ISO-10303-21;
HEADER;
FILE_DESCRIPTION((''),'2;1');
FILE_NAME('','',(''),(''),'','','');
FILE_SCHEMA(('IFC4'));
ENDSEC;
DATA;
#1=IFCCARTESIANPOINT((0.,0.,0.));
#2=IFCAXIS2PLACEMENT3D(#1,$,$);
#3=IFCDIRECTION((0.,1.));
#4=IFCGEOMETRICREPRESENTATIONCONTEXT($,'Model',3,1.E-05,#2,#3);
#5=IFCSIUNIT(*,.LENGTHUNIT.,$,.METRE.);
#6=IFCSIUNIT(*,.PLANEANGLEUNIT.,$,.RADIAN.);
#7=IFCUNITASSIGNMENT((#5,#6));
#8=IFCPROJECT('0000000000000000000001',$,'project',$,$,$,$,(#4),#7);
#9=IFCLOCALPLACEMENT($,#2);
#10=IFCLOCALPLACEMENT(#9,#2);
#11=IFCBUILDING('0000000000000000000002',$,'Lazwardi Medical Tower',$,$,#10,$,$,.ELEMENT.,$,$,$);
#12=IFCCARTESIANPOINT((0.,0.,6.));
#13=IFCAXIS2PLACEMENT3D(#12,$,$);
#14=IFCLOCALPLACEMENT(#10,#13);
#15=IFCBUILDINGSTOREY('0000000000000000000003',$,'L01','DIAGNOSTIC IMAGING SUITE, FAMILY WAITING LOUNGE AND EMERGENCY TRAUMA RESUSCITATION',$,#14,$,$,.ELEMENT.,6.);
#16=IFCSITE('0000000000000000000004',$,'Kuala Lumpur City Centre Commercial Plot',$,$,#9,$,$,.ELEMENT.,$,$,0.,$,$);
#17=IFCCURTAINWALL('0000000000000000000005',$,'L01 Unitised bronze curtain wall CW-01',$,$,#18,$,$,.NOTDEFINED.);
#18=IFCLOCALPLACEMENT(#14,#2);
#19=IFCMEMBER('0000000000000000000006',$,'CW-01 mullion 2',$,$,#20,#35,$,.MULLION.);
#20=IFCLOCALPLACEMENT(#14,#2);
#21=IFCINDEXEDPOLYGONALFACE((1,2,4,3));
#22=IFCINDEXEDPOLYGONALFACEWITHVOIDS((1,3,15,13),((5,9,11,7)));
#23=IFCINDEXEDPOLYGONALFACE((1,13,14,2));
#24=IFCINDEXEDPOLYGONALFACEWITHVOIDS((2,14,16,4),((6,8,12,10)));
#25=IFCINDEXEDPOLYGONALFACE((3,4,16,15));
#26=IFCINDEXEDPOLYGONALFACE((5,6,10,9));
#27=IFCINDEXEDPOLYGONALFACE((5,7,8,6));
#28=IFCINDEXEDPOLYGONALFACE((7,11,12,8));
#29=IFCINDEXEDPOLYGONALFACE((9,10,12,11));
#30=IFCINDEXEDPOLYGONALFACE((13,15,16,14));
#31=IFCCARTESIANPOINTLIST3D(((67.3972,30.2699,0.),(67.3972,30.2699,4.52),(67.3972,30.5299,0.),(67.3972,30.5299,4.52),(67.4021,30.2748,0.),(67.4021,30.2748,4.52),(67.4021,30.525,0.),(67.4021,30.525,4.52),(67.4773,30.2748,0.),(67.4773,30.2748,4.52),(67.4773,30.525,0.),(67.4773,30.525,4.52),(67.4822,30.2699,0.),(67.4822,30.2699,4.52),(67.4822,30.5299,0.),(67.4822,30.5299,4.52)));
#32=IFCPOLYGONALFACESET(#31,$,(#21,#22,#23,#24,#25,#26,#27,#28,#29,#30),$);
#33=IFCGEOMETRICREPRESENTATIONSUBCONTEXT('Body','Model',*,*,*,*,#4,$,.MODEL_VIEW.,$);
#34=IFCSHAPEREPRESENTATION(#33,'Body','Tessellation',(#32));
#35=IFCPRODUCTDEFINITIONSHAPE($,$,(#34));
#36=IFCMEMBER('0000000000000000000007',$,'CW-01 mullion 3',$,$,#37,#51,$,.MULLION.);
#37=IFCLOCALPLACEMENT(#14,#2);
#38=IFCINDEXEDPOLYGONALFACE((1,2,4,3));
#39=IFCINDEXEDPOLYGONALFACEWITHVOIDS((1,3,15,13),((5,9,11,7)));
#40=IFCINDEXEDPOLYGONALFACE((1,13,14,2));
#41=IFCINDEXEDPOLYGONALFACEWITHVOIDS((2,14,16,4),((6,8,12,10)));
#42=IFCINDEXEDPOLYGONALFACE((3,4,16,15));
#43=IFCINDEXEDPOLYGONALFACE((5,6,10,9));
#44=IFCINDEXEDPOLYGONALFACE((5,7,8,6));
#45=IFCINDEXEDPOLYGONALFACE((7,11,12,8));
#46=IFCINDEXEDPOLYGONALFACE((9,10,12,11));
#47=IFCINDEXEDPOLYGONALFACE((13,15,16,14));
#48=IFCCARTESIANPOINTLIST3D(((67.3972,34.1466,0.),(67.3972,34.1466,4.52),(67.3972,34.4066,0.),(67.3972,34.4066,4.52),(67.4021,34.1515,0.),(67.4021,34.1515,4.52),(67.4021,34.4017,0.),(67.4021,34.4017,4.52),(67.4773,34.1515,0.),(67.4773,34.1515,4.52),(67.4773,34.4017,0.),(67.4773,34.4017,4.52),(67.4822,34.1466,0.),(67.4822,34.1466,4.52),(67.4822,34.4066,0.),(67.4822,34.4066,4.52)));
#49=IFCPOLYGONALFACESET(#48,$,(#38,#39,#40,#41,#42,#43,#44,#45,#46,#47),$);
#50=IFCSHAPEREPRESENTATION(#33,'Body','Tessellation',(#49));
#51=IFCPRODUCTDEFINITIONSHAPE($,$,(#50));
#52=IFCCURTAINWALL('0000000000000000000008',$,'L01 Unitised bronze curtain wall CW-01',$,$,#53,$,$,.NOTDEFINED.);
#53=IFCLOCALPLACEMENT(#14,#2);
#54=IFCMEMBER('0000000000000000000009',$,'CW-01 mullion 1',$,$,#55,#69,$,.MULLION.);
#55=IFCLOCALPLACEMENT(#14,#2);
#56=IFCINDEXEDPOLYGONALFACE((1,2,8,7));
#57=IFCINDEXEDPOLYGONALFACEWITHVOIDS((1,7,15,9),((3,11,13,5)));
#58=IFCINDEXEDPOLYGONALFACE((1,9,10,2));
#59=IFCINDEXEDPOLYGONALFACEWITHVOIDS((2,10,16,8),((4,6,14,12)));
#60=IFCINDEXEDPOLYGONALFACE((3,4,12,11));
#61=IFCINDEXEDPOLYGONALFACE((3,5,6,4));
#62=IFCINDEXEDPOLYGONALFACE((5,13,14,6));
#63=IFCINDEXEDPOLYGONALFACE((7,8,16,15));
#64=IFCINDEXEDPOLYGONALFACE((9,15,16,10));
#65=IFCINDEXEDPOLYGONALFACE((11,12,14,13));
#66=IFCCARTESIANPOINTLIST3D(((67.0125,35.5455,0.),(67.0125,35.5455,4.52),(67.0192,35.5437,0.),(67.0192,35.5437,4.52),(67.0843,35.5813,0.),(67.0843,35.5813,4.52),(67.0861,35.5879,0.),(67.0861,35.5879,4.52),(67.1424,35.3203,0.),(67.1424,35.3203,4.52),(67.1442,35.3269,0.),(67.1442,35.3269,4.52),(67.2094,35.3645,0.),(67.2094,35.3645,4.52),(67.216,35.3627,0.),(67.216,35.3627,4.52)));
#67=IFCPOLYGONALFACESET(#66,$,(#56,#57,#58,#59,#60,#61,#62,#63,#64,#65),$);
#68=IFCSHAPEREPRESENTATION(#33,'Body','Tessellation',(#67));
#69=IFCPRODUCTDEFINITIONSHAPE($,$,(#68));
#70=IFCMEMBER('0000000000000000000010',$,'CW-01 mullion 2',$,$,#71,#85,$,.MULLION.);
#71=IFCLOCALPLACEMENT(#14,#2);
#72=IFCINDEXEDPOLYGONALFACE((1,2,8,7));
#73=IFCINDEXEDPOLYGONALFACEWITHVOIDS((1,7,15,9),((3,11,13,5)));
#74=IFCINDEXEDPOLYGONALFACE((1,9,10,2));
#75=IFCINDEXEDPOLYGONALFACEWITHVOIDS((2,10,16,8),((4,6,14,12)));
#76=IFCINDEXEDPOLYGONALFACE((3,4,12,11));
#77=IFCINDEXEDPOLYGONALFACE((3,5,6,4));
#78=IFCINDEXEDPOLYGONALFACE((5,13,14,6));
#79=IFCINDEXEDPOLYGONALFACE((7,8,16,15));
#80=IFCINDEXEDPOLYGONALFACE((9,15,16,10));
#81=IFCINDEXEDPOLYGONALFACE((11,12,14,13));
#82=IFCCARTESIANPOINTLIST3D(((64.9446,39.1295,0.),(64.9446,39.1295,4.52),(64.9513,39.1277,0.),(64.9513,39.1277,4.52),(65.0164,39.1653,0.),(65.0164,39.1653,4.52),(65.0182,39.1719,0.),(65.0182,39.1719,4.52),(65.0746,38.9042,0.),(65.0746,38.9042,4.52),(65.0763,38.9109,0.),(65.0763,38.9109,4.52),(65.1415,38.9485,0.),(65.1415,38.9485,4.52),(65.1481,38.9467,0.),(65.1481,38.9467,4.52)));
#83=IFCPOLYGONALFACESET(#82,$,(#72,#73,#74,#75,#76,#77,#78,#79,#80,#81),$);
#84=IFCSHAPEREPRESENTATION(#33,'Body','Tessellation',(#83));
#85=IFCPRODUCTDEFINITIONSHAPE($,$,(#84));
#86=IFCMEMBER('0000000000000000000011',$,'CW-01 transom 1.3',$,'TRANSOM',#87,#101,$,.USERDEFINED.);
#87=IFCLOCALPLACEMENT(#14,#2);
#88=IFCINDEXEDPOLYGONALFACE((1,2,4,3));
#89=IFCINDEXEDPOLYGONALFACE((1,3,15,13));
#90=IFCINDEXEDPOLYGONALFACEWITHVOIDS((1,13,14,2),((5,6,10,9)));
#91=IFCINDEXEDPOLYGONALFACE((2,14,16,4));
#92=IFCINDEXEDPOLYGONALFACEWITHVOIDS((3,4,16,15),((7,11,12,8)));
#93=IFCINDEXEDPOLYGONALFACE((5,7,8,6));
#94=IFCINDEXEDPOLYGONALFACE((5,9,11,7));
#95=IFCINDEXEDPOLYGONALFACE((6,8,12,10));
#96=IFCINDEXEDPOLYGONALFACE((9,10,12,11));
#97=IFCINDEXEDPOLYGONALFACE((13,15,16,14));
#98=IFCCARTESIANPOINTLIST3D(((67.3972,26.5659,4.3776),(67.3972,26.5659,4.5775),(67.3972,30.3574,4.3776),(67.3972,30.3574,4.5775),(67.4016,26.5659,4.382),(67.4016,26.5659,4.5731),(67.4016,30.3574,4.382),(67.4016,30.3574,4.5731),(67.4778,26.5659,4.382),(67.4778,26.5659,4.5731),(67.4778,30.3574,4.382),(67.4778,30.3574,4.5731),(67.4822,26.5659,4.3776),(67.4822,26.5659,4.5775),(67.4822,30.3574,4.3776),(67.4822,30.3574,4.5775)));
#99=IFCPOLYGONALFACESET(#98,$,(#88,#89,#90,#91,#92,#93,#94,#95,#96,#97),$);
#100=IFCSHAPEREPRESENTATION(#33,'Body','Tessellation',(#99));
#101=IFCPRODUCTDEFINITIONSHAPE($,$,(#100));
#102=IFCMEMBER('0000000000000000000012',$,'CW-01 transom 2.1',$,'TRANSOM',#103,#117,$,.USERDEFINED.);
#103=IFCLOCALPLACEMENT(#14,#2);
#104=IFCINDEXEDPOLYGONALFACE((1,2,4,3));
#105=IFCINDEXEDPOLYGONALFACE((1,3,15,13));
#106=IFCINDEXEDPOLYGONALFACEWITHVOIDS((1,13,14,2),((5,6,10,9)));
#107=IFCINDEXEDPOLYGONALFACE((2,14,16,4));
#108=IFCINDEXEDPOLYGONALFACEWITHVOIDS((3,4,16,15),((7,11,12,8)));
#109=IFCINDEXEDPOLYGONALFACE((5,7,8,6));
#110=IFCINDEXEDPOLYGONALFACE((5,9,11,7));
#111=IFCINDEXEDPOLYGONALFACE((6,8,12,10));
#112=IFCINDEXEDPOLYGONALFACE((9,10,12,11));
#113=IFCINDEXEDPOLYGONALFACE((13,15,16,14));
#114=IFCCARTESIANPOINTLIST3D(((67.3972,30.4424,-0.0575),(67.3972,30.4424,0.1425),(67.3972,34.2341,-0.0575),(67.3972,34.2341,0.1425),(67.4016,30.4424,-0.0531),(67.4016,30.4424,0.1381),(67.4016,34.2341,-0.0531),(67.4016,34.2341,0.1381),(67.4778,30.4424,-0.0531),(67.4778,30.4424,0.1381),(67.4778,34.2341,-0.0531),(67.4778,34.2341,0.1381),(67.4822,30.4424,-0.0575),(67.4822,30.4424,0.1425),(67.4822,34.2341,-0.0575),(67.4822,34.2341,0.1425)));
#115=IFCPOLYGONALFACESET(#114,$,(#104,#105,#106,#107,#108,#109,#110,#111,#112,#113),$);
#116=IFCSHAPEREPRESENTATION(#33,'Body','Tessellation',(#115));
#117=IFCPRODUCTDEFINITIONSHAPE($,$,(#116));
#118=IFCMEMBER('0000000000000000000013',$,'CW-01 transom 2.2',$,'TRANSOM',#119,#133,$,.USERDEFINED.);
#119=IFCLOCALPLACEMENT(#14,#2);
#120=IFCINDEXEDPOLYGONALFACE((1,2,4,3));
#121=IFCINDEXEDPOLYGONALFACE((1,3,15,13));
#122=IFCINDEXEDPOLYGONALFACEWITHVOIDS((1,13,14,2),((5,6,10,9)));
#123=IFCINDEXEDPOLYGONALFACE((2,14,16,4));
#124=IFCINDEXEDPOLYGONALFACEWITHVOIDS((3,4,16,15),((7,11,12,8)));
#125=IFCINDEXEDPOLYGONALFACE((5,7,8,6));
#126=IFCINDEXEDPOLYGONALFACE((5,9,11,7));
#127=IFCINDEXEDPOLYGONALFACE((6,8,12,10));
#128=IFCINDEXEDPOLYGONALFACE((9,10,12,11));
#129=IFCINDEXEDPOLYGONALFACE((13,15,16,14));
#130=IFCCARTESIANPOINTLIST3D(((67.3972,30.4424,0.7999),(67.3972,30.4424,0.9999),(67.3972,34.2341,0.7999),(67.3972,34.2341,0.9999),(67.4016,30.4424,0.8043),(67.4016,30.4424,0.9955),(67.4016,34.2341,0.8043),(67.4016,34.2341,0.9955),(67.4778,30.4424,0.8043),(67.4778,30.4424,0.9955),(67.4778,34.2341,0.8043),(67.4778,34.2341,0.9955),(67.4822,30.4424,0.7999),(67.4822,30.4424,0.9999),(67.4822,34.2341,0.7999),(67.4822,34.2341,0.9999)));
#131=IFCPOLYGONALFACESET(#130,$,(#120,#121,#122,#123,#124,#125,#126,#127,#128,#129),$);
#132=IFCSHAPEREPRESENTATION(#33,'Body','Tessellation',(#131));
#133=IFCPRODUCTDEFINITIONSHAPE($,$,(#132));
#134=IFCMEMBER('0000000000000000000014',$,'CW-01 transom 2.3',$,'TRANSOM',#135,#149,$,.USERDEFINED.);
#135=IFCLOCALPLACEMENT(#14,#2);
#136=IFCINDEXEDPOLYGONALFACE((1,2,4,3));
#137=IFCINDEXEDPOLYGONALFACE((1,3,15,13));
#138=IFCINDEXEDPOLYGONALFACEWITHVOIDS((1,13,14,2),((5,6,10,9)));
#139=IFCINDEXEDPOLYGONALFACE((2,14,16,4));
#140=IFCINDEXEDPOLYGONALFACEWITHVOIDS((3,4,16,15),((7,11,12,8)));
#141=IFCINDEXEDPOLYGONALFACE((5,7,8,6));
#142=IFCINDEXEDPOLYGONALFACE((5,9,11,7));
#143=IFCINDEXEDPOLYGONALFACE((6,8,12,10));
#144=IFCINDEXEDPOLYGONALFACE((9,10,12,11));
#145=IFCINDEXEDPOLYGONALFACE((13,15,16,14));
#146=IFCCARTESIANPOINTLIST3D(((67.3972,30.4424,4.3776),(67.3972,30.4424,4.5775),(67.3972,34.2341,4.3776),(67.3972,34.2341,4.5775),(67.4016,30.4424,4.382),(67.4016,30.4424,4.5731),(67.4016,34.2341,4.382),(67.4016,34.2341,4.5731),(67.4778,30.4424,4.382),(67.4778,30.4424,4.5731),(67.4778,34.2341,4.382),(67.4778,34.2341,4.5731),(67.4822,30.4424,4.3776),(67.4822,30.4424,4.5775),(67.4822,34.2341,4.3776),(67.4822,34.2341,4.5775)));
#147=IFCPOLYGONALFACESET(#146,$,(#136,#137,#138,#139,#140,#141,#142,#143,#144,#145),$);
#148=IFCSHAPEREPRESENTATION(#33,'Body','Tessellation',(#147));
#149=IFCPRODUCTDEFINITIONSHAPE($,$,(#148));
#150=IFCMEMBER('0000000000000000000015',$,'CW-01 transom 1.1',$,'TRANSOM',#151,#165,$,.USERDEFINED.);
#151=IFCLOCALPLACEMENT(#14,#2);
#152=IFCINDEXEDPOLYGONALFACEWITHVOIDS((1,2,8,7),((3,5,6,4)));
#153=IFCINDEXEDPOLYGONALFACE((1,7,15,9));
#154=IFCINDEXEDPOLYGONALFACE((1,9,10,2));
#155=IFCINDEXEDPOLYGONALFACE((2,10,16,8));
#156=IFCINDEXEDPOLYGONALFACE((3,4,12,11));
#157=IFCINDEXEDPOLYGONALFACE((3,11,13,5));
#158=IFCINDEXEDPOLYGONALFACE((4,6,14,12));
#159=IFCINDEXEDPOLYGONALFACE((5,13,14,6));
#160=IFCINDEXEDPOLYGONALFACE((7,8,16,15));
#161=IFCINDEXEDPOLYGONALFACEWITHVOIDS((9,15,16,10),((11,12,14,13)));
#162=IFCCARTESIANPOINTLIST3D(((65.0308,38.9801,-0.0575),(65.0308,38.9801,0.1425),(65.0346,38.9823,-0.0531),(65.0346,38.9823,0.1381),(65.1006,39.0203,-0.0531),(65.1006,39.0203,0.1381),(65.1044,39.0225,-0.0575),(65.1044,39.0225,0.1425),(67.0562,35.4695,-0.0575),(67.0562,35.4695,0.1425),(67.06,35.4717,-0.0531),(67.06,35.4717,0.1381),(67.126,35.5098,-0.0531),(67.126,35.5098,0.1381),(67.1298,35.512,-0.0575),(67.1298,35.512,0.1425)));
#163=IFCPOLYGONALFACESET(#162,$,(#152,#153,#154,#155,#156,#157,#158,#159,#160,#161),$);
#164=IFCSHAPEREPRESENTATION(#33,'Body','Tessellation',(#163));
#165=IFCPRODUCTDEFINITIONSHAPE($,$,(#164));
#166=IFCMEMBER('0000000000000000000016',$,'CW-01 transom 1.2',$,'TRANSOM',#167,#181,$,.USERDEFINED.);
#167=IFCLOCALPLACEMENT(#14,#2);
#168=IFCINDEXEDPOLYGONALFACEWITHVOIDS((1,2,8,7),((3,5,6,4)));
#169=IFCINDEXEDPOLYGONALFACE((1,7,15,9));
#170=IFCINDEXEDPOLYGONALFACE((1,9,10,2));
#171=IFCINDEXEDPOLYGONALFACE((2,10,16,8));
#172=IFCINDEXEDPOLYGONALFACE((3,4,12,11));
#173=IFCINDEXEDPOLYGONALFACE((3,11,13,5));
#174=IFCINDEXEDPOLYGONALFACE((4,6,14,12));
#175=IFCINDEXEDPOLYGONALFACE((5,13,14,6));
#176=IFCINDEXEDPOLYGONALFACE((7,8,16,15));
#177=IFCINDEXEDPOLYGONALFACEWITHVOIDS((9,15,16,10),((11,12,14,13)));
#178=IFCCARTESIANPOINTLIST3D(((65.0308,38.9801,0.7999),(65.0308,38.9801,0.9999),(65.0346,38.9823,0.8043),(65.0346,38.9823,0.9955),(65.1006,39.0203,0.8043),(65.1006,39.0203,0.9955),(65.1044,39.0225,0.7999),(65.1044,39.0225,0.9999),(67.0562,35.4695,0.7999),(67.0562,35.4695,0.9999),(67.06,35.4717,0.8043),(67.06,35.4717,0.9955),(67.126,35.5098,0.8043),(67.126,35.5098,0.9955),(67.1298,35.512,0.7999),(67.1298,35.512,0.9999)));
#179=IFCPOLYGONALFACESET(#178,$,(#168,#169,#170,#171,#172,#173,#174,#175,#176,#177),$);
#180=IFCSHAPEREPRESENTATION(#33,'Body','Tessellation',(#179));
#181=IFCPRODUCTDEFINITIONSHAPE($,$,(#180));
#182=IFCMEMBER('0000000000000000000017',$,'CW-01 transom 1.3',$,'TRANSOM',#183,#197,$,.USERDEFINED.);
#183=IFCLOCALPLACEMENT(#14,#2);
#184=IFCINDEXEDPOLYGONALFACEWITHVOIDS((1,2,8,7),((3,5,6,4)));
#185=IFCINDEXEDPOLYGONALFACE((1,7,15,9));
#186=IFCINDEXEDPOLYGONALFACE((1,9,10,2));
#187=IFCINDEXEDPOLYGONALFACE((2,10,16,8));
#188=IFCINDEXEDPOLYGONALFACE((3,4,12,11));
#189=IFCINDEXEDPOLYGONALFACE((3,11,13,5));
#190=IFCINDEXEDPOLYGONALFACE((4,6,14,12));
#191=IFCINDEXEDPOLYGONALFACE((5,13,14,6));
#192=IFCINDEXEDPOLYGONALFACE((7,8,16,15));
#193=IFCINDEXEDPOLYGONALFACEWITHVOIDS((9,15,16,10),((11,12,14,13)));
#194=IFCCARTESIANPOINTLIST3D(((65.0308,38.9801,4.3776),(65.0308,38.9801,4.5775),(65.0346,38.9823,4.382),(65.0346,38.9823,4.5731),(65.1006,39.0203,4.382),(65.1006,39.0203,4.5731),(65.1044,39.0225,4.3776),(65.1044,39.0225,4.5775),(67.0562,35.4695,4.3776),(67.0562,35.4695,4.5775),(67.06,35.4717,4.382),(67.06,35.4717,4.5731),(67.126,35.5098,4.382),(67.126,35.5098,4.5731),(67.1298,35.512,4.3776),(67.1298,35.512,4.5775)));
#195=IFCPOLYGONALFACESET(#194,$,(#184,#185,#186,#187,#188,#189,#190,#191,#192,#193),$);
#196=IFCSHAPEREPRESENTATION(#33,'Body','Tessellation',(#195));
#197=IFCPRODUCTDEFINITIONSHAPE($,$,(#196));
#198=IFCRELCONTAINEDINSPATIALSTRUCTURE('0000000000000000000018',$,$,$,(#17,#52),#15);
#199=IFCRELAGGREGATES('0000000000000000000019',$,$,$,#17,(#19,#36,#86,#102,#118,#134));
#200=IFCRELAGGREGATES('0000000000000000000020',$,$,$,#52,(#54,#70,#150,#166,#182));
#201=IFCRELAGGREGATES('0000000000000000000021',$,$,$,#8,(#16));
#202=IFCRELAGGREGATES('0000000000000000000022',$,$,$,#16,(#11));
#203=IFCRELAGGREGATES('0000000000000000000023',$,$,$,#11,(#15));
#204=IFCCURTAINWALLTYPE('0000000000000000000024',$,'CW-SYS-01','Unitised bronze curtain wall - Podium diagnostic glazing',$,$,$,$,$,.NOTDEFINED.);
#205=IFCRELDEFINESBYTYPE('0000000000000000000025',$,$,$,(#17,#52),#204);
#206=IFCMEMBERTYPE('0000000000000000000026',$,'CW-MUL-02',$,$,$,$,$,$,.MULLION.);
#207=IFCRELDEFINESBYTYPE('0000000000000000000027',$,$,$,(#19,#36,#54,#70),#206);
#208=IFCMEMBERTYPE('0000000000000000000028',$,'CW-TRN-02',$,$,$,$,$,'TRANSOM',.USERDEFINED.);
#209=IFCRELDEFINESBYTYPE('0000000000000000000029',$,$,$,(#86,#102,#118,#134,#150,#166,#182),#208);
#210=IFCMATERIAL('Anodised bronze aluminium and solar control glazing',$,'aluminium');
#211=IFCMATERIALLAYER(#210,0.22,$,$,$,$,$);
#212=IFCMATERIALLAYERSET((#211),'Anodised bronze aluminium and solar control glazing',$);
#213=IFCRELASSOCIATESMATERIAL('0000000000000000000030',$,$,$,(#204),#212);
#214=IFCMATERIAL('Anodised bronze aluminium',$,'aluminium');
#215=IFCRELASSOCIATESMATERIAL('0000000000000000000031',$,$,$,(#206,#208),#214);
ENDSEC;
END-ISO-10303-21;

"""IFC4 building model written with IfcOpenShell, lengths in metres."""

from ifc_helpers import new_model, si_unit, direction, frame, origin, origin_2d, place, context, subcontext, project, spatial, hollow_rectangle, extrude, material, layer, layer_set, material_profile, profile_set, type_object, element, aggregate, save


model = new_model("IFC4")

# Units and contexts
model_context = context("Model", 3, precision=1e-05, world=origin(), true_north=direction((0.0, 1.0)))
body_context = subcontext(model_context, "Body", "Model", "MODEL_VIEW")
ifc_project = project(units=[si_unit("LENGTHUNIT", "METRE"), si_unit("PLANEANGLEUNIT", "RADIAN")], contexts=[model_context])

# Site, building, storey
site_placement = place(None, origin())
site = spatial("IfcSite", under=ifc_project, at=site_placement, Name="Kuala Lumpur City Centre Commercial Plot", CompositionType="ELEMENT", RefElevation=0.0)
building_placement = place(site_placement, origin())
building = spatial("IfcBuilding", under=site, at=building_placement, Name="Lazwardi Medical Tower", CompositionType="ELEMENT")
storey_placement = place(building_placement, frame((0.0, 0.0, 6.0)))
storey = spatial("IfcBuildingStorey", under=building, at=storey_placement, Name="L01", Description="DIAGNOSTIC IMAGING SUITE, FAMILY WAITING LOUNGE AND EMERGENCY TRAUMA RESUSCITATION", CompositionType="ELEMENT", Elevation=6.0)

# Curtain walls, members
ifc_material_1 = material(Name="Anodised bronze aluminium and solar control glazing", Category="aluminium")
ifc_layer_1 = layer(ifc_material_1, 0.22)
ifc_layer_set_1 = layer_set([ifc_layer_1], Name="Anodised bronze aluminium and solar control glazing")
curtain_wall_type = type_object("IfcCurtainWallType", Name="CW-SYS-01", Description="Unitised bronze curtain wall - Podium diagnostic glazing", PredefinedType="NOTDEFINED", material=ifc_layer_set_1)
curtain_wall_1_placement = place(storey_placement, origin())
curtain_wall_1 = element("IfcCurtainWall", 1, at=curtain_wall_1_placement, inside=storey, type_object=curtain_wall_type, Name="L01 Unitised bronze curtain wall CW-01", PredefinedType="NOTDEFINED")
ifc_material_2 = material(Name="Anodised bronze aluminium", Category="aluminium")
ifc_material_profile_1 = material_profile(ifc_material_2, hollow_rectangle(XDim=0.085, YDim=0.26, WallThickness=0.0049, at=origin_2d()), Name="ALU-MULLION 260x85x5")
ifc_profile_set_1 = profile_set([ifc_material_profile_1], Name="Anodised bronze aluminium")
member_type_1 = type_object("IfcMemberType", Name="CW-MUL-02", PredefinedType="MULLION", material=ifc_profile_set_1)
member_1_placement = place(storey_placement, frame((67.4397, 30.3999, 0.0), z_axis=(0.0, 0.0, 1.0), x_axis=(-1.0, 0.0, 0.0)))
member_1 = element("IfcMember", 2, at=member_1_placement, type_object=member_type_1, Name="CW-01 mullion 2", PredefinedType="MULLION", context=body_context, shape_type="SweptSolid", body=[
    extrude(hollow_rectangle(XDim=0.085, YDim=0.26, WallThickness=0.0049, at=origin_2d()), origin(), (0.0, 0.0, 1.0), 4.52),
])
member_2_placement = place(storey_placement, frame((67.4397, 34.2766, 0.0), z_axis=(0.0, 0.0, 1.0), x_axis=(-1.0, 0.0, 0.0)))
member_2 = element("IfcMember", 3, at=member_2_placement, type_object=member_type_1, Name="CW-01 mullion 3", PredefinedType="MULLION", context=body_context, shape_type="SweptSolid", body=[
    extrude(hollow_rectangle(XDim=0.085, YDim=0.26, WallThickness=0.0049, at=origin_2d()), origin(), (0.0, 0.0, 1.0), 4.52),
])
curtain_wall_2_placement = place(storey_placement, origin())
curtain_wall_2 = element("IfcCurtainWall", 4, at=curtain_wall_2_placement, inside=storey, type_object=curtain_wall_type, Name="L01 Unitised bronze curtain wall CW-01", PredefinedType="NOTDEFINED")
member_3_placement = place(storey_placement, frame((67.1143, 35.4541, 0.0), z_axis=(0.0, 0.0, 1.0), x_axis=(-0.866181, -0.499731, 0.0)))
member_3 = element("IfcMember", 5, at=member_3_placement, type_object=member_type_1, Name="CW-01 mullion 1", PredefinedType="MULLION", context=body_context, shape_type="SweptSolid", body=[
    extrude(hollow_rectangle(XDim=0.085, YDim=0.26, WallThickness=0.0049, at=origin_2d()), origin(), (0.0, 0.0, 1.0), 4.52),
])
member_4_placement = place(storey_placement, frame((65.0464, 39.0381, 0.0), z_axis=(0.0, 0.0, 1.0), x_axis=(-0.866181, -0.499731, 0.0)))
member_4 = element("IfcMember", 6, at=member_4_placement, type_object=member_type_1, Name="CW-01 mullion 2", PredefinedType="MULLION", context=body_context, shape_type="SweptSolid", body=[
    extrude(hollow_rectangle(XDim=0.085, YDim=0.26, WallThickness=0.0049, at=origin_2d()), origin(), (0.0, 0.0, 1.0), 4.52),
])

# Members
ifc_material_profile_2 = material_profile(ifc_material_2, hollow_rectangle(XDim=0.085, YDim=0.2, WallThickness=0.0044, at=origin_2d()), Name="ALU-TRANSOM 200x85x4.5")
ifc_profile_set_2 = profile_set([ifc_material_profile_2], Name="Anodised bronze aluminium")
member_type_2 = type_object("IfcMemberType", Name="CW-TRN-02", ElementType="TRANSOM", PredefinedType="USERDEFINED", material=ifc_profile_set_2)
member_5_placement = place(storey_placement, frame((67.4397, 26.5659, 4.4775), z_axis=(0.0, 1.0, 0.0), x_axis=(-1.0, 0.0, 0.0)))
member_5 = element("IfcMember", 7, at=member_5_placement, type_object=member_type_2, Name="CW-01 transom 1.3", ObjectType="TRANSOM", PredefinedType="USERDEFINED", context=body_context, shape_type="SweptSolid", body=[
    extrude(hollow_rectangle(XDim=0.085, YDim=0.2, WallThickness=0.0044, at=origin_2d()), origin(), (0.0, 0.0, 1.0), 3.7915),
])
member_6_placement = place(storey_placement, frame((67.4397, 30.4424, 0.0425), z_axis=(0.0, 1.0, 0.0), x_axis=(-1.0, 0.0, 0.0)))
member_6 = element("IfcMember", 8, at=member_6_placement, type_object=member_type_2, Name="CW-01 transom 2.1", ObjectType="TRANSOM", PredefinedType="USERDEFINED", context=body_context, shape_type="SweptSolid", body=[
    extrude(hollow_rectangle(XDim=0.085, YDim=0.2, WallThickness=0.0044, at=origin_2d()), origin(), (0.0, 0.0, 1.0), 3.7917),
])
member_7_placement = place(storey_placement, frame((67.4397, 30.4424, 0.8999), z_axis=(0.0, 1.0, 0.0), x_axis=(-1.0, 0.0, 0.0)))
member_7 = element("IfcMember", 9, at=member_7_placement, type_object=member_type_2, Name="CW-01 transom 2.2", ObjectType="TRANSOM", PredefinedType="USERDEFINED", context=body_context, shape_type="SweptSolid", body=[
    extrude(hollow_rectangle(XDim=0.085, YDim=0.2, WallThickness=0.0044, at=origin_2d()), origin(), (0.0, 0.0, 1.0), 3.7917),
])
member_8_placement = place(storey_placement, frame((67.4397, 30.4424, 4.4775), z_axis=(0.0, 1.0, 0.0), x_axis=(-1.0, 0.0, 0.0)))
member_8 = element("IfcMember", 10, at=member_8_placement, type_object=member_type_2, Name="CW-01 transom 2.3", ObjectType="TRANSOM", PredefinedType="USERDEFINED", context=body_context, shape_type="SweptSolid", body=[
    extrude(hollow_rectangle(XDim=0.085, YDim=0.2, WallThickness=0.0044, at=origin_2d()), origin(), (0.0, 0.0, 1.0), 3.7917),
])
member_9_placement = place(storey_placement, frame((67.093, 35.4907, 0.0425), z_axis=(-0.499742, 0.866175, 0.0), x_axis=(-0.866175, -0.499742, 0.0)))
member_9 = element("IfcMember", 11, at=member_9_placement, type_object=member_type_2, Name="CW-01 transom 1.1", ObjectType="TRANSOM", PredefinedType="USERDEFINED", context=body_context, shape_type="SweptSolid", body=[
    extrude(hollow_rectangle(XDim=0.085, YDim=0.2, WallThickness=0.0044, at=origin_2d()), origin(), (0.0, 0.0, 1.0), 4.053),
])
member_10_placement = place(storey_placement, frame((67.093, 35.4907, 0.8999), z_axis=(-0.499742, 0.866175, 0.0), x_axis=(-0.866175, -0.499742, 0.0)))
member_10 = element("IfcMember", 12, at=member_10_placement, type_object=member_type_2, Name="CW-01 transom 1.2", ObjectType="TRANSOM", PredefinedType="USERDEFINED", context=body_context, shape_type="SweptSolid", body=[
    extrude(hollow_rectangle(XDim=0.085, YDim=0.2, WallThickness=0.0044, at=origin_2d()), origin(), (0.0, 0.0, 1.0), 4.053),
])
member_11_placement = place(storey_placement, frame((67.093, 35.4907, 4.4775), z_axis=(-0.499742, 0.866175, 0.0), x_axis=(-0.866175, -0.499742, 0.0)))
member_11 = element("IfcMember", 13, at=member_11_placement, type_object=member_type_2, Name="CW-01 transom 1.3", ObjectType="TRANSOM", PredefinedType="USERDEFINED", context=body_context, shape_type="SweptSolid", body=[
    extrude(hollow_rectangle(XDim=0.085, YDim=0.2, WallThickness=0.0044, at=origin_2d()), origin(), (0.0, 0.0, 1.0), 4.053),
])

aggregate(curtain_wall_1, [member_1, member_2, member_5, member_6, member_7, member_8])
aggregate(curtain_wall_2, [member_3, member_4, member_9, member_10, member_11])

save(model, "model.ifc")
